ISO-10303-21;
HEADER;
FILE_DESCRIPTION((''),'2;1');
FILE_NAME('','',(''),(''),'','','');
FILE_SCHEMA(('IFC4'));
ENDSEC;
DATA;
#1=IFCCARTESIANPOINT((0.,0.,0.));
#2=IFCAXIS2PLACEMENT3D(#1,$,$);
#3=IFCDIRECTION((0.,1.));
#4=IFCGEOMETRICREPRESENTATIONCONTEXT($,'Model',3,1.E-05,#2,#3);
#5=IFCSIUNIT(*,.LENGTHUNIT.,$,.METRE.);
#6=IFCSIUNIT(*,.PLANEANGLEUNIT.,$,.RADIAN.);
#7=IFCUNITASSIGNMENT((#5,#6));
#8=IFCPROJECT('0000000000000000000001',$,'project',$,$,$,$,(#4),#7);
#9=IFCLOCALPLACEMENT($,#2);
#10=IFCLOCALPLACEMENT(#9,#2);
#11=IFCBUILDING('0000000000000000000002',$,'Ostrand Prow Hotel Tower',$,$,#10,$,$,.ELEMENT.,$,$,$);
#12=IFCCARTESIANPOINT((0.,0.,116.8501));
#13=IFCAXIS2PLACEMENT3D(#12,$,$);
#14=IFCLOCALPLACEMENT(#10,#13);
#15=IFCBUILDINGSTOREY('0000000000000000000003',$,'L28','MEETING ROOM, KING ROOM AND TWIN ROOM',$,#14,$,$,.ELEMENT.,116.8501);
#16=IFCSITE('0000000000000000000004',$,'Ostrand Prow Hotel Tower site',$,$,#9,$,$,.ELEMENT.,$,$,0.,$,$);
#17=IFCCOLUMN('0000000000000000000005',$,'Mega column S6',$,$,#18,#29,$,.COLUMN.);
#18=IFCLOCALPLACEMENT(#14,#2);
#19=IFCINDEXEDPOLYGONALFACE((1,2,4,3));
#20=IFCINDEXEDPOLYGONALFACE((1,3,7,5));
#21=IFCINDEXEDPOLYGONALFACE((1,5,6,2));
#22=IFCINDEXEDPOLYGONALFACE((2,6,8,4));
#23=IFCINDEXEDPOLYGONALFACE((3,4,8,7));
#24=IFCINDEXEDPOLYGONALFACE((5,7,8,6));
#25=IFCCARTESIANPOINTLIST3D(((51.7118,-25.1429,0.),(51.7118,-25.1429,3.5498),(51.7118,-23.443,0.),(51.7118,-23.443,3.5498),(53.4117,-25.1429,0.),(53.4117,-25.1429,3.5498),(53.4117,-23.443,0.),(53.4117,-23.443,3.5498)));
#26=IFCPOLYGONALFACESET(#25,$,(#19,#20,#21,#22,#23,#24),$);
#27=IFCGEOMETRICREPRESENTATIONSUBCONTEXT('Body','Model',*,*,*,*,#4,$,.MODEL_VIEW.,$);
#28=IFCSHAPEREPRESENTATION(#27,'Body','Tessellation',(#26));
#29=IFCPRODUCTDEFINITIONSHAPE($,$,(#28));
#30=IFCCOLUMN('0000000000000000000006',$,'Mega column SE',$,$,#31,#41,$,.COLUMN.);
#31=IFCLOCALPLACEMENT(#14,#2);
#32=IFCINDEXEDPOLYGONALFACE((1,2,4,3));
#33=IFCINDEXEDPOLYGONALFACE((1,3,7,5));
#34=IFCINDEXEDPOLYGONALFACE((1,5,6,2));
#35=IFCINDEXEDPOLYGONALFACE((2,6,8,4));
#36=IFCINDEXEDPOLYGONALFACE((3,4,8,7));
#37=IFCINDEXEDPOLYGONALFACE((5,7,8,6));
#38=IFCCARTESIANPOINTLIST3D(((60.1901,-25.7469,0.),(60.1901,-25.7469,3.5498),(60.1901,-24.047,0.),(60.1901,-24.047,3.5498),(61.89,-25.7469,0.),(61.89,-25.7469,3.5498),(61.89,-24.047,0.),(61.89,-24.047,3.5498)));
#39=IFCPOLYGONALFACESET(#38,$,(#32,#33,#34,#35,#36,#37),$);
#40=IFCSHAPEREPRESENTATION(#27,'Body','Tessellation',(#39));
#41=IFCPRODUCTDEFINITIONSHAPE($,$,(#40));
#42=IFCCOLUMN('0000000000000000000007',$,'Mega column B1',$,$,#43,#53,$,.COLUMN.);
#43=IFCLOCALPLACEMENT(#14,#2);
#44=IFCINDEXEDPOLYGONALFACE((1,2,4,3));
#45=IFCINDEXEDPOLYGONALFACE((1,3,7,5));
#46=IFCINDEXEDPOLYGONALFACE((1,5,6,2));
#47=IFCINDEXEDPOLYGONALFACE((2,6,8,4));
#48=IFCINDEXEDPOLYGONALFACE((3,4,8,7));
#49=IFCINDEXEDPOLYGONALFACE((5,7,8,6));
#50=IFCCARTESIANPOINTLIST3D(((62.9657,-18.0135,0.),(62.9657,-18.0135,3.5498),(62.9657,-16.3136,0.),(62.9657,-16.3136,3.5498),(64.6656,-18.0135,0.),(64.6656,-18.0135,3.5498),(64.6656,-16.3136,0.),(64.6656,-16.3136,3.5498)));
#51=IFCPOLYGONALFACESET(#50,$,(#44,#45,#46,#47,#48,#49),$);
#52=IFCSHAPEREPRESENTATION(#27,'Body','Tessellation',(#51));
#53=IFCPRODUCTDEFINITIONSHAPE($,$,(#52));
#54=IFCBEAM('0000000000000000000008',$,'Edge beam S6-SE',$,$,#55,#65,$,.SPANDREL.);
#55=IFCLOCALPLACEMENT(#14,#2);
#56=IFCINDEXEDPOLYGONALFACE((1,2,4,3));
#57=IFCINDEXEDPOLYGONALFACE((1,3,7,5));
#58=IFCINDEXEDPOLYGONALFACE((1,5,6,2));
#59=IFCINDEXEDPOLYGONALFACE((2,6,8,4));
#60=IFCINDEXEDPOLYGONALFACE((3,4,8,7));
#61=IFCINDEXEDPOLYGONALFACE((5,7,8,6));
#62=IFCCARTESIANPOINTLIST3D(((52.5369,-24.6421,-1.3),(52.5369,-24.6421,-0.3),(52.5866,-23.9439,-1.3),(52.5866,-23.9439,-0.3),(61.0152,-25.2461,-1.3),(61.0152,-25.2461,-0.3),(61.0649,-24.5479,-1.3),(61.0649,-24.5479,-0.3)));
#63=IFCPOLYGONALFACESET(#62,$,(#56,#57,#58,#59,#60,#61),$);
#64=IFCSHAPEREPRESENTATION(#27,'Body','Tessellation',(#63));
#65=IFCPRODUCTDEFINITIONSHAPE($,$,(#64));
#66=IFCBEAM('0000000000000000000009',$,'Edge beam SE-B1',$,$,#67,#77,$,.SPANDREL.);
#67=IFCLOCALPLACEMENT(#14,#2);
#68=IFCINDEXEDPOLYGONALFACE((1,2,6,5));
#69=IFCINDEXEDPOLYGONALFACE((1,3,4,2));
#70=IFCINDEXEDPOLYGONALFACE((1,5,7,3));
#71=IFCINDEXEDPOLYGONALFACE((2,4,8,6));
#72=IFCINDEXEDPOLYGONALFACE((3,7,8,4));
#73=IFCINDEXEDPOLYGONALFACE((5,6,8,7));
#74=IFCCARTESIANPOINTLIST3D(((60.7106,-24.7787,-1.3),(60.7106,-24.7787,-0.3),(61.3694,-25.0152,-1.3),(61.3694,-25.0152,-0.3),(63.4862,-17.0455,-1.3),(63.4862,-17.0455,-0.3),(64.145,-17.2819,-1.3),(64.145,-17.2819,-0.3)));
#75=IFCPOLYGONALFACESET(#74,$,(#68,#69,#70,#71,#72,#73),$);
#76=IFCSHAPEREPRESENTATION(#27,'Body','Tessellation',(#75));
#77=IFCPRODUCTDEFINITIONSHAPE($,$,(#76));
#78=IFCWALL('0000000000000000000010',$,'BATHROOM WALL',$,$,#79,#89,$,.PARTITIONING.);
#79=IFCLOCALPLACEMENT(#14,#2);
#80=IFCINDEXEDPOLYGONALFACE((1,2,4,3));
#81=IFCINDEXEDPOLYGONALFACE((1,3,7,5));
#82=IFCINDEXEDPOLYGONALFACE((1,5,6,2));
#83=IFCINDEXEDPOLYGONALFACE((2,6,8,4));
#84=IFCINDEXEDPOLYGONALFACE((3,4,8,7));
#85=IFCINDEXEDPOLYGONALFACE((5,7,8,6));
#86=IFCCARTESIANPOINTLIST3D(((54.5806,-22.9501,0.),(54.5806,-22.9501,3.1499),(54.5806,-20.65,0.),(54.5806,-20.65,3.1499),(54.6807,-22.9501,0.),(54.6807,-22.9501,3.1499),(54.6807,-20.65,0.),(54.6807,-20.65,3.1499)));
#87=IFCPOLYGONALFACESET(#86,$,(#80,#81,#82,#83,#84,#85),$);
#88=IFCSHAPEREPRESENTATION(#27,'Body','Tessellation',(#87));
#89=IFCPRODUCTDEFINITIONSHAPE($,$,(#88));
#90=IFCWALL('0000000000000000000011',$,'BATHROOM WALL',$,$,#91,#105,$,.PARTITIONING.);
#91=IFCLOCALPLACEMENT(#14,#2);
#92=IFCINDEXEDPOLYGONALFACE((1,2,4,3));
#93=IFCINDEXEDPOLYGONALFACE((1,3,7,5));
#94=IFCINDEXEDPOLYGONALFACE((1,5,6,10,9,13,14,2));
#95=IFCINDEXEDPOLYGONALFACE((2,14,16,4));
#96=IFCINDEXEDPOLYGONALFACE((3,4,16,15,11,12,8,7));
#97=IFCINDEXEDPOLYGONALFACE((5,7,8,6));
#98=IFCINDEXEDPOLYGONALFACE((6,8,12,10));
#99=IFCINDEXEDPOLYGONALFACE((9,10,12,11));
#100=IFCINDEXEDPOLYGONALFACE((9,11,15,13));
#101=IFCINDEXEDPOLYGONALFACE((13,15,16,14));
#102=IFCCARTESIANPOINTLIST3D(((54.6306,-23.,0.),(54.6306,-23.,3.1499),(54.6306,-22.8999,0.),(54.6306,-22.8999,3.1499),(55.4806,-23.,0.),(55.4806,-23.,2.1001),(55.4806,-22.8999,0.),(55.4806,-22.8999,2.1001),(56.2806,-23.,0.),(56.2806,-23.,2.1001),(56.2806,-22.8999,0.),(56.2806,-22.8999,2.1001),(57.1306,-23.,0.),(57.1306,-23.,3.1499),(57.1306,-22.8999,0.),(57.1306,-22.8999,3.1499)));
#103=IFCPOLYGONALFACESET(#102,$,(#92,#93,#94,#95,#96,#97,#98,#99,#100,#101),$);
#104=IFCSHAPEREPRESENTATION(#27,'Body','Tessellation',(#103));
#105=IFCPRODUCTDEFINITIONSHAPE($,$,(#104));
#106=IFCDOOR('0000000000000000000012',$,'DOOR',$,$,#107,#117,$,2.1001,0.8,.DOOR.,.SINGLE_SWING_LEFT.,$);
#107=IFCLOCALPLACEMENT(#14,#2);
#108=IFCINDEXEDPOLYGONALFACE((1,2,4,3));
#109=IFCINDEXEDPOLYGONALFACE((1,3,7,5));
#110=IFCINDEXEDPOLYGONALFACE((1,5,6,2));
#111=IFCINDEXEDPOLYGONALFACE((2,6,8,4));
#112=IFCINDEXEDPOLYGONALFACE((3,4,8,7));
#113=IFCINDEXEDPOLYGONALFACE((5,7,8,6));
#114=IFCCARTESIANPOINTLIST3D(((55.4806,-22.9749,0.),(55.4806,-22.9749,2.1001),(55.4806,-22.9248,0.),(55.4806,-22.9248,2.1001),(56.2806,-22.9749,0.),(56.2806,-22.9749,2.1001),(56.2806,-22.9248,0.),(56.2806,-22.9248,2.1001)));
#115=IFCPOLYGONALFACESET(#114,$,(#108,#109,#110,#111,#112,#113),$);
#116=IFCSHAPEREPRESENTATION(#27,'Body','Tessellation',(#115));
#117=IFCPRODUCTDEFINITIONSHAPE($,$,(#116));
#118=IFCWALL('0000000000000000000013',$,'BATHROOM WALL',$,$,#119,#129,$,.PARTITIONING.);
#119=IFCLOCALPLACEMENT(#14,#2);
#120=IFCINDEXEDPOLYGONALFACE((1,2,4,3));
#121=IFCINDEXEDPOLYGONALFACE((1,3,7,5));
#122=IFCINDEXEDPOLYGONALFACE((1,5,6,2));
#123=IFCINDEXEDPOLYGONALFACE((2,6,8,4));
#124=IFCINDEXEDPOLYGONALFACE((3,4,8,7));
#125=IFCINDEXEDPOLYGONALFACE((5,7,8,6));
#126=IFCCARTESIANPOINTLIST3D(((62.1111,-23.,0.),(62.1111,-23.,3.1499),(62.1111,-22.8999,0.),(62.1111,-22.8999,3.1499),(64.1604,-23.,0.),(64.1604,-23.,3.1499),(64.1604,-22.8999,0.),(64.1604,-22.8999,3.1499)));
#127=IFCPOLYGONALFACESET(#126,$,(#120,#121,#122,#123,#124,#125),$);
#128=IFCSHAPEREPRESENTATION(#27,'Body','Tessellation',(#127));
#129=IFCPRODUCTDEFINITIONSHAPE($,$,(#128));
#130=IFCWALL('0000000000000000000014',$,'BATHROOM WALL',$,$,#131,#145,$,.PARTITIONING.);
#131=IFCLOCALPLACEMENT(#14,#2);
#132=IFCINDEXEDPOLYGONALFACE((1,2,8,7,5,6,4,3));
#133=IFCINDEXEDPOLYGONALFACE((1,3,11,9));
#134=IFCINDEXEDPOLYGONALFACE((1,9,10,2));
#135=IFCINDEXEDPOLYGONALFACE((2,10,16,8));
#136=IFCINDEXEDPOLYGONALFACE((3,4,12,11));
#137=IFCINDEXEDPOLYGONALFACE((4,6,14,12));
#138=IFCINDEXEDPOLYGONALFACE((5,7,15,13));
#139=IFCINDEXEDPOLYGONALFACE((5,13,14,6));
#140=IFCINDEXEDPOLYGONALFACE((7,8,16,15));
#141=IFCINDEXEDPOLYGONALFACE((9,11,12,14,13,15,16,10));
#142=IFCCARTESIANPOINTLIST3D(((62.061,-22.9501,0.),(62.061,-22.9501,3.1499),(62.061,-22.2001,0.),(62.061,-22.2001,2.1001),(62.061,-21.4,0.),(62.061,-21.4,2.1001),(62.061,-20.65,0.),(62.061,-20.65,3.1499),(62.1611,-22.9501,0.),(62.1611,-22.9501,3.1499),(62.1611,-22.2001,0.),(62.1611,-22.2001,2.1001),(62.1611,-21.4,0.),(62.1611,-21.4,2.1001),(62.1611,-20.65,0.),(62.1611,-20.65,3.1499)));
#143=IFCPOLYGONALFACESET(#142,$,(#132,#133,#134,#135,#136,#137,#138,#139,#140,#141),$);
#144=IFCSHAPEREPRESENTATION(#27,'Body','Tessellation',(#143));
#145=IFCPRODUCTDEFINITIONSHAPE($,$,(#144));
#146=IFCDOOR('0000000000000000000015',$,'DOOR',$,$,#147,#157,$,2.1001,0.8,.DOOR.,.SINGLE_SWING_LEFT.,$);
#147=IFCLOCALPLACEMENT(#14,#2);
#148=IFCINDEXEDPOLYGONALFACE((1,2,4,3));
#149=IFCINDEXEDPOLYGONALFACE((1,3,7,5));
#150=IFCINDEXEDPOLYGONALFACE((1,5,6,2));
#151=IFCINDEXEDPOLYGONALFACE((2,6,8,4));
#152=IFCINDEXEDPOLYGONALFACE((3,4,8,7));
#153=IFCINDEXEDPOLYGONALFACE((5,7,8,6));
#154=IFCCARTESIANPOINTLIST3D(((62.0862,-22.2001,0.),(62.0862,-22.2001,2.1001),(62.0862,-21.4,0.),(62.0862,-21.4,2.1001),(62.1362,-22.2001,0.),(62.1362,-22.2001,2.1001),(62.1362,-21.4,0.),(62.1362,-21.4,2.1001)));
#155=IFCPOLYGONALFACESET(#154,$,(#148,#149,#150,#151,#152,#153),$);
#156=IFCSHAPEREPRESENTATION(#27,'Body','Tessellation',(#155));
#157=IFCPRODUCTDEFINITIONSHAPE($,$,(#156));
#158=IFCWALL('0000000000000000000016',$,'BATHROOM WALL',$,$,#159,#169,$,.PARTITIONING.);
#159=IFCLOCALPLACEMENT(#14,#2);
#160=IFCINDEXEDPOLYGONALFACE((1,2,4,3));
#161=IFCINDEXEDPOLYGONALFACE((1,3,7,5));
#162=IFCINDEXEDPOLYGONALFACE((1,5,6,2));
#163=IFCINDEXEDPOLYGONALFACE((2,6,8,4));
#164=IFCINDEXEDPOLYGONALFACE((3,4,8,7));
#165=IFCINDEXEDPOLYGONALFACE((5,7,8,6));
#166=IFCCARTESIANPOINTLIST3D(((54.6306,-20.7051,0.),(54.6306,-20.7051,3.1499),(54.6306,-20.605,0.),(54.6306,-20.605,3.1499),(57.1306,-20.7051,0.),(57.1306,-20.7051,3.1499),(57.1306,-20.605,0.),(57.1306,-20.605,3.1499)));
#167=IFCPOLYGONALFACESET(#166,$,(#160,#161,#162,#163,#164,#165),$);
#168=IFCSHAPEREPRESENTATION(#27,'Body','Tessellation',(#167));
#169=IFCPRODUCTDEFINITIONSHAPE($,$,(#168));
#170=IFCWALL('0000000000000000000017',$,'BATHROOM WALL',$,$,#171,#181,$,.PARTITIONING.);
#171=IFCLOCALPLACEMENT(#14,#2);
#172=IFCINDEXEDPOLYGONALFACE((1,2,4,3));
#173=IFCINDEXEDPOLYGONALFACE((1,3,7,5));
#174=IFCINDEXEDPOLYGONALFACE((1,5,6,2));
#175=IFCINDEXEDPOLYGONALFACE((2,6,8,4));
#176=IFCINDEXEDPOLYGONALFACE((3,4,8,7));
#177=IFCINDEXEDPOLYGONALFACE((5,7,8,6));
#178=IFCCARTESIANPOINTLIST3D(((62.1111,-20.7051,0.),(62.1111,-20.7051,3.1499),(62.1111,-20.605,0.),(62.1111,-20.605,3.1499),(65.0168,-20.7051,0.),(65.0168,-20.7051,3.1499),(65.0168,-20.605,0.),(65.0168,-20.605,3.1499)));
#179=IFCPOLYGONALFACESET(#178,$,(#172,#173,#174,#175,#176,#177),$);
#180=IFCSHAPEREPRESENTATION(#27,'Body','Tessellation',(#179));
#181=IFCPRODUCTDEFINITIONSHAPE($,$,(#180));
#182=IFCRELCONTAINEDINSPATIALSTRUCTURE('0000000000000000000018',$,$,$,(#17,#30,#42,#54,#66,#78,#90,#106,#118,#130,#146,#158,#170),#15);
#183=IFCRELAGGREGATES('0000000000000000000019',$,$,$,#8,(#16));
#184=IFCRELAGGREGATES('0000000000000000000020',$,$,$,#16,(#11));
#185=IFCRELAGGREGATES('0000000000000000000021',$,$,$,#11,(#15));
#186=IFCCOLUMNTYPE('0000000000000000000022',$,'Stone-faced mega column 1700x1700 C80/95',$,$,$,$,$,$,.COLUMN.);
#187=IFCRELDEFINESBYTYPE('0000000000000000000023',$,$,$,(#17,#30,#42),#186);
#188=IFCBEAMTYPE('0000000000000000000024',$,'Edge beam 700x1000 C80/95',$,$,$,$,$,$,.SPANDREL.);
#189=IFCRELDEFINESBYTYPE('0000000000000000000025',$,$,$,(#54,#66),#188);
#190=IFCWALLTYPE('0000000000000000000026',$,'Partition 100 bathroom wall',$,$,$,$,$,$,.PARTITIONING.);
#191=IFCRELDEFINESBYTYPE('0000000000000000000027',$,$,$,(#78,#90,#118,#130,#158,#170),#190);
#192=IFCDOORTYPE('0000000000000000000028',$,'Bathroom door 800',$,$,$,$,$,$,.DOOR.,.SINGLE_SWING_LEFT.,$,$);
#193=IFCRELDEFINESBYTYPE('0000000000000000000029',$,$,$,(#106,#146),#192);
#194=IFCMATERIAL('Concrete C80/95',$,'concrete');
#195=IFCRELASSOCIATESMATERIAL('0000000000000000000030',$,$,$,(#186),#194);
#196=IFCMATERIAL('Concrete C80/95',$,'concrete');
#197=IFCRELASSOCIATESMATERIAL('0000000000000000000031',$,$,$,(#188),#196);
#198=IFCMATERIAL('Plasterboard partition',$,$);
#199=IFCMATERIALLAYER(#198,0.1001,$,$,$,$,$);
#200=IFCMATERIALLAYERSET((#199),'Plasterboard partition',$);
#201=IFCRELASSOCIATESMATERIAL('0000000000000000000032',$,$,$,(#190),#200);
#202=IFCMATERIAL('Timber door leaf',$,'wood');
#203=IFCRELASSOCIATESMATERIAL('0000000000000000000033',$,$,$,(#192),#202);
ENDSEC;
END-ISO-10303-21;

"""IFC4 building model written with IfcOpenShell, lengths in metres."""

from ifc_helpers import new_model, si_unit, direction, frame, frame_2d, origin, origin_2d, place, context, subcontext, project, spatial, rectangle, extrude, material, layer, layer_set, material_profile, profile_set, type_object, element, fill, save


model = new_model("IFC4")

# Units and contexts
model_context = context("Model", 3, precision=1e-05, world=origin(), true_north=direction((0.0, 1.0)))
body_context = subcontext(model_context, "Body", "Model", "MODEL_VIEW")
ifc_project = project(units=[si_unit("LENGTHUNIT", "METRE"), si_unit("PLANEANGLEUNIT", "RADIAN")], contexts=[model_context])

# Site, building, storey
site_placement = place(None, origin())
site = spatial("IfcSite", under=ifc_project, at=site_placement, Name="Ostrand Prow Hotel Tower site", CompositionType="ELEMENT", RefElevation=0.0)
building_placement = place(site_placement, origin())
building = spatial("IfcBuilding", under=site, at=building_placement, Name="Ostrand Prow Hotel Tower", CompositionType="ELEMENT")
storey_placement = place(building_placement, frame((0.0, 0.0, 116.8501)))
storey = spatial("IfcBuildingStorey", under=building, at=storey_placement, Name="L28", Description="MEETING ROOM, KING ROOM AND TWIN ROOM", CompositionType="ELEMENT", Elevation=116.8501)

# Columns
ifc_material_1 = material(Name="Concrete C80/95", Category="concrete")
ifc_material_profile_1 = material_profile(ifc_material_1, rectangle(XDim=1.7, YDim=1.7, at=origin_2d()), Name="RC 1700x1700")
ifc_profile_set_1 = profile_set([ifc_material_profile_1], Name="Concrete C80/95")
column_type = type_object("IfcColumnType", Name="Stone-faced mega column 1700x1700 C80/95", PredefinedType="COLUMN", material=ifc_profile_set_1)
for number, where, z_axis, x_axis, name in (
    (1, (52.5618, -24.293, 0.0), (0.0, 0.0, 1.0), (1.0, 0.0, 0.0), "Mega column S6"),
    (2, (61.04, -24.897, 0.0), (0.0, 0.0, 1.0), (1.0, 0.0, 0.0), "Mega column SE"),
    (3, (63.8157, -17.1636, 0.0), (0.0, 0.0, 1.0), (1.0, 0.0, 0.0), "Mega column B1"),
):
    element("IfcColumn", number, at=place(storey_placement, frame(where, z_axis=z_axis, x_axis=x_axis)), inside=storey, type_object=column_type, Name=name, PredefinedType="COLUMN", context=body_context, shape_type="SweptSolid", body=[
        extrude(rectangle(XDim=1.7, YDim=1.7, at=origin_2d()), origin(), (0.0, 0.0, 1.0), 3.5498),
    ])

# Beams
ifc_material_2 = material(Name="Concrete C80/95", Category="concrete")
ifc_material_profile_2 = material_profile(ifc_material_2, rectangle(XDim=0.7, YDim=1.0, at=origin_2d()), Name="RC 700x1000")
ifc_profile_set_2 = profile_set([ifc_material_profile_2], Name="Concrete C80/95")
beam_type = type_object("IfcBeamType", Name="Edge beam 700x1000 C80/95", PredefinedType="SPANDREL", material=ifc_profile_set_2)
beam_1_placement = place(storey_placement, frame((52.5618, -24.293, -0.8), z_axis=(0.997472, -0.071061, 0.0), x_axis=(0.071061, 0.997472, 0.0)))
element("IfcBeam", 4, at=beam_1_placement, inside=storey, type_object=beam_type, Name="Edge beam S6-SE", PredefinedType="SPANDREL", context=body_context, shape_type="SweptSolid", body=[
    extrude(rectangle(XDim=0.7, YDim=1.0, at=origin_2d()), origin(), (0.0, 0.0, 1.0), 8.4998),
])
beam_2_placement = place(storey_placement, frame((61.04, -24.897, -0.8), z_axis=(0.337815, 0.941212, 0.0), x_axis=(-0.941212, 0.337815, 0.0)))
element("IfcBeam", 5, at=beam_2_placement, inside=storey, type_object=beam_type, Name="Edge beam SE-B1", PredefinedType="SPANDREL", context=body_context, shape_type="SweptSolid", body=[
    extrude(rectangle(XDim=0.7, YDim=1.0, at=origin_2d()), origin(), (0.0, 0.0, 1.0), 8.2163),
])

# Wall
ifc_material_3 = material(Name="Plasterboard partition")
ifc_layer_1 = layer(ifc_material_3, 0.1001)
ifc_layer_set_1 = layer_set([ifc_layer_1], Name="Plasterboard partition")
wall_type_1 = type_object("IfcWallType", Name="Partition 100 bathroom wall", PredefinedType="PARTITIONING", material=ifc_layer_set_1)
wall_1_placement = place(storey_placement, frame((54.6306, -22.95, 0.0), z_axis=(0.0, 0.0, 1.0), x_axis=(0.0, 1.0, 0.0)))
element("IfcWall", 6, at=wall_1_placement, inside=storey, type_object=wall_type_1, Name="BATHROOM WALL", PredefinedType="PARTITIONING", context=body_context, shape_type="SweptSolid", body=[
    extrude(rectangle(XDim=2.3, YDim=0.1001, at=frame_2d((1.1499, 0.0))), origin(), (0.0, 0.0, 1.0), 3.1499),
])

# Wall, opening, door
wall_2_placement = place(storey_placement, frame((57.1306, -22.95, 0.0), z_axis=(0.0, 0.0, 1.0), x_axis=(-1.0, 0.0, 0.0)))
wall_2 = element("IfcWall", 7, at=wall_2_placement, inside=storey, type_object=wall_type_1, Name="BATHROOM WALL", PredefinedType="PARTITIONING", context=body_context, shape_type="SweptSolid", body=[
    extrude(rectangle(XDim=2.5, YDim=0.1001, at=frame_2d((1.25, 0.0))), origin(), (0.0, 0.0, 1.0), 3.1499),
])
opening_1_placement = place(wall_2_placement, frame((0.8501, 0.0, 0.0)))
opening_1 = element("IfcOpeningElement", 8, at=opening_1_placement, cuts=wall_2, PredefinedType="OPENING", context=body_context, shape_type="SweptSolid", body=[
    extrude(rectangle(XDim=0.8, YDim=2.1001, at=frame_2d((0.3999, 1.05))), frame((0.0, 0.0601, 0.0), z_axis=(0.0, -1.0, 0.0), x_axis=(1.0, 0.0, 0.0)), (0.0, 0.0, 1.0), 0.1201),
])
ifc_material_4 = material(Name="Timber door leaf", Category="wood")
door_type_1 = type_object("IfcDoorType", Name="Bathroom door 800", OperationType="SINGLE_SWING_LEFT", PredefinedType="DOOR", material=ifc_material_4)
door_1_placement = place(opening_1_placement, origin())
door_1 = element("IfcDoor", 9, at=door_1_placement, inside=storey, type_object=door_type_1, Name="DOOR", OperationType="SINGLE_SWING_LEFT", OverallHeight=2.1001, OverallWidth=0.8, PredefinedType="DOOR", context=body_context, shape_type="SweptSolid", body=[
    extrude(rectangle(XDim=0.8, YDim=2.1001, at=frame_2d((0.3999, 1.05))), frame((0.0, 0.0249, 0.0), z_axis=(0.0, -1.0, 0.0), x_axis=(1.0, 0.0, 0.0)), (0.0, 0.0, 1.0), 0.05),
])
fill(opening_1, door_1)

# Wall
wall_3_placement = place(storey_placement, frame((64.1604, -22.95, 0.0), z_axis=(0.0, 0.0, 1.0), x_axis=(-1.0, 0.0, 0.0)))
element("IfcWall", 10, at=wall_3_placement, inside=storey, type_object=wall_type_1, Name="BATHROOM WALL", PredefinedType="PARTITIONING", context=body_context, shape_type="SweptSolid", body=[
    extrude(rectangle(XDim=2.0493, YDim=0.1001, at=frame_2d((1.0247, 0.0))), origin(), (0.0, 0.0, 1.0), 3.1499),
])

# Wall, opening, door
wall_4_placement = place(storey_placement, frame((62.1111, -22.95, 0.0), z_axis=(0.0, 0.0, 1.0), x_axis=(0.0, 1.0, 0.0)))
wall_4 = element("IfcWall", 11, at=wall_4_placement, inside=storey, type_object=wall_type_1, Name="BATHROOM WALL", PredefinedType="PARTITIONING", context=body_context, shape_type="SweptSolid", body=[
    extrude(rectangle(XDim=2.3, YDim=0.1001, at=frame_2d((1.1499, 0.0))), origin(), (0.0, 0.0, 1.0), 3.1499),
])
opening_2_placement = place(wall_4_placement, frame((0.75, 0.0, 0.0)))
opening_2 = element("IfcOpeningElement", 12, at=opening_2_placement, cuts=wall_4, PredefinedType="OPENING", context=body_context, shape_type="SweptSolid", body=[
    extrude(rectangle(XDim=0.8, YDim=2.1001, at=frame_2d((0.3999, 1.05))), frame((0.0, 0.0601, 0.0), z_axis=(0.0, -1.0, 0.0), x_axis=(1.0, 0.0, 0.0)), (0.0, 0.0, 1.0), 0.1201),
])
door_2_placement = place(opening_2_placement, origin())
door_2 = element("IfcDoor", 13, at=door_2_placement, inside=storey, type_object=door_type_1, Name="DOOR", OperationType="SINGLE_SWING_LEFT", OverallHeight=2.1001, OverallWidth=0.8, PredefinedType="DOOR", context=body_context, shape_type="SweptSolid", body=[
    extrude(rectangle(XDim=0.8, YDim=2.1001, at=frame_2d((0.3999, 1.05))), frame((0.0, 0.0249, 0.0), z_axis=(0.0, -1.0, 0.0), x_axis=(1.0, 0.0, 0.0)), (0.0, 0.0, 1.0), 0.05),
])
fill(opening_2, door_2)

# Walls
wall_5_placement = place(storey_placement, frame((54.6306, -20.655, 0.0), z_axis=(0.0, 0.0, 1.0), x_axis=(1.0, 0.0, 0.0)))
element("IfcWall", 14, at=wall_5_placement, inside=storey, type_object=wall_type_1, Name="BATHROOM WALL", PredefinedType="PARTITIONING", context=body_context, shape_type="SweptSolid", body=[
    extrude(rectangle(XDim=2.5, YDim=0.1001, at=frame_2d((1.25, 0.0))), origin(), (0.0, 0.0, 1.0), 3.1499),
])
wall_6_placement = place(storey_placement, frame((62.1111, -20.655, 0.0), z_axis=(0.0, 0.0, 1.0), x_axis=(1.0, 0.0, 0.0)))
element("IfcWall", 15, at=wall_6_placement, inside=storey, type_object=wall_type_1, Name="BATHROOM WALL", PredefinedType="PARTITIONING", context=body_context, shape_type="SweptSolid", body=[
    extrude(rectangle(XDim=2.9058, YDim=0.1001, at=frame_2d((1.4529, 0.0))), origin(), (0.0, 0.0, 1.0), 3.1499),
])

save(model, "model.ifc")
